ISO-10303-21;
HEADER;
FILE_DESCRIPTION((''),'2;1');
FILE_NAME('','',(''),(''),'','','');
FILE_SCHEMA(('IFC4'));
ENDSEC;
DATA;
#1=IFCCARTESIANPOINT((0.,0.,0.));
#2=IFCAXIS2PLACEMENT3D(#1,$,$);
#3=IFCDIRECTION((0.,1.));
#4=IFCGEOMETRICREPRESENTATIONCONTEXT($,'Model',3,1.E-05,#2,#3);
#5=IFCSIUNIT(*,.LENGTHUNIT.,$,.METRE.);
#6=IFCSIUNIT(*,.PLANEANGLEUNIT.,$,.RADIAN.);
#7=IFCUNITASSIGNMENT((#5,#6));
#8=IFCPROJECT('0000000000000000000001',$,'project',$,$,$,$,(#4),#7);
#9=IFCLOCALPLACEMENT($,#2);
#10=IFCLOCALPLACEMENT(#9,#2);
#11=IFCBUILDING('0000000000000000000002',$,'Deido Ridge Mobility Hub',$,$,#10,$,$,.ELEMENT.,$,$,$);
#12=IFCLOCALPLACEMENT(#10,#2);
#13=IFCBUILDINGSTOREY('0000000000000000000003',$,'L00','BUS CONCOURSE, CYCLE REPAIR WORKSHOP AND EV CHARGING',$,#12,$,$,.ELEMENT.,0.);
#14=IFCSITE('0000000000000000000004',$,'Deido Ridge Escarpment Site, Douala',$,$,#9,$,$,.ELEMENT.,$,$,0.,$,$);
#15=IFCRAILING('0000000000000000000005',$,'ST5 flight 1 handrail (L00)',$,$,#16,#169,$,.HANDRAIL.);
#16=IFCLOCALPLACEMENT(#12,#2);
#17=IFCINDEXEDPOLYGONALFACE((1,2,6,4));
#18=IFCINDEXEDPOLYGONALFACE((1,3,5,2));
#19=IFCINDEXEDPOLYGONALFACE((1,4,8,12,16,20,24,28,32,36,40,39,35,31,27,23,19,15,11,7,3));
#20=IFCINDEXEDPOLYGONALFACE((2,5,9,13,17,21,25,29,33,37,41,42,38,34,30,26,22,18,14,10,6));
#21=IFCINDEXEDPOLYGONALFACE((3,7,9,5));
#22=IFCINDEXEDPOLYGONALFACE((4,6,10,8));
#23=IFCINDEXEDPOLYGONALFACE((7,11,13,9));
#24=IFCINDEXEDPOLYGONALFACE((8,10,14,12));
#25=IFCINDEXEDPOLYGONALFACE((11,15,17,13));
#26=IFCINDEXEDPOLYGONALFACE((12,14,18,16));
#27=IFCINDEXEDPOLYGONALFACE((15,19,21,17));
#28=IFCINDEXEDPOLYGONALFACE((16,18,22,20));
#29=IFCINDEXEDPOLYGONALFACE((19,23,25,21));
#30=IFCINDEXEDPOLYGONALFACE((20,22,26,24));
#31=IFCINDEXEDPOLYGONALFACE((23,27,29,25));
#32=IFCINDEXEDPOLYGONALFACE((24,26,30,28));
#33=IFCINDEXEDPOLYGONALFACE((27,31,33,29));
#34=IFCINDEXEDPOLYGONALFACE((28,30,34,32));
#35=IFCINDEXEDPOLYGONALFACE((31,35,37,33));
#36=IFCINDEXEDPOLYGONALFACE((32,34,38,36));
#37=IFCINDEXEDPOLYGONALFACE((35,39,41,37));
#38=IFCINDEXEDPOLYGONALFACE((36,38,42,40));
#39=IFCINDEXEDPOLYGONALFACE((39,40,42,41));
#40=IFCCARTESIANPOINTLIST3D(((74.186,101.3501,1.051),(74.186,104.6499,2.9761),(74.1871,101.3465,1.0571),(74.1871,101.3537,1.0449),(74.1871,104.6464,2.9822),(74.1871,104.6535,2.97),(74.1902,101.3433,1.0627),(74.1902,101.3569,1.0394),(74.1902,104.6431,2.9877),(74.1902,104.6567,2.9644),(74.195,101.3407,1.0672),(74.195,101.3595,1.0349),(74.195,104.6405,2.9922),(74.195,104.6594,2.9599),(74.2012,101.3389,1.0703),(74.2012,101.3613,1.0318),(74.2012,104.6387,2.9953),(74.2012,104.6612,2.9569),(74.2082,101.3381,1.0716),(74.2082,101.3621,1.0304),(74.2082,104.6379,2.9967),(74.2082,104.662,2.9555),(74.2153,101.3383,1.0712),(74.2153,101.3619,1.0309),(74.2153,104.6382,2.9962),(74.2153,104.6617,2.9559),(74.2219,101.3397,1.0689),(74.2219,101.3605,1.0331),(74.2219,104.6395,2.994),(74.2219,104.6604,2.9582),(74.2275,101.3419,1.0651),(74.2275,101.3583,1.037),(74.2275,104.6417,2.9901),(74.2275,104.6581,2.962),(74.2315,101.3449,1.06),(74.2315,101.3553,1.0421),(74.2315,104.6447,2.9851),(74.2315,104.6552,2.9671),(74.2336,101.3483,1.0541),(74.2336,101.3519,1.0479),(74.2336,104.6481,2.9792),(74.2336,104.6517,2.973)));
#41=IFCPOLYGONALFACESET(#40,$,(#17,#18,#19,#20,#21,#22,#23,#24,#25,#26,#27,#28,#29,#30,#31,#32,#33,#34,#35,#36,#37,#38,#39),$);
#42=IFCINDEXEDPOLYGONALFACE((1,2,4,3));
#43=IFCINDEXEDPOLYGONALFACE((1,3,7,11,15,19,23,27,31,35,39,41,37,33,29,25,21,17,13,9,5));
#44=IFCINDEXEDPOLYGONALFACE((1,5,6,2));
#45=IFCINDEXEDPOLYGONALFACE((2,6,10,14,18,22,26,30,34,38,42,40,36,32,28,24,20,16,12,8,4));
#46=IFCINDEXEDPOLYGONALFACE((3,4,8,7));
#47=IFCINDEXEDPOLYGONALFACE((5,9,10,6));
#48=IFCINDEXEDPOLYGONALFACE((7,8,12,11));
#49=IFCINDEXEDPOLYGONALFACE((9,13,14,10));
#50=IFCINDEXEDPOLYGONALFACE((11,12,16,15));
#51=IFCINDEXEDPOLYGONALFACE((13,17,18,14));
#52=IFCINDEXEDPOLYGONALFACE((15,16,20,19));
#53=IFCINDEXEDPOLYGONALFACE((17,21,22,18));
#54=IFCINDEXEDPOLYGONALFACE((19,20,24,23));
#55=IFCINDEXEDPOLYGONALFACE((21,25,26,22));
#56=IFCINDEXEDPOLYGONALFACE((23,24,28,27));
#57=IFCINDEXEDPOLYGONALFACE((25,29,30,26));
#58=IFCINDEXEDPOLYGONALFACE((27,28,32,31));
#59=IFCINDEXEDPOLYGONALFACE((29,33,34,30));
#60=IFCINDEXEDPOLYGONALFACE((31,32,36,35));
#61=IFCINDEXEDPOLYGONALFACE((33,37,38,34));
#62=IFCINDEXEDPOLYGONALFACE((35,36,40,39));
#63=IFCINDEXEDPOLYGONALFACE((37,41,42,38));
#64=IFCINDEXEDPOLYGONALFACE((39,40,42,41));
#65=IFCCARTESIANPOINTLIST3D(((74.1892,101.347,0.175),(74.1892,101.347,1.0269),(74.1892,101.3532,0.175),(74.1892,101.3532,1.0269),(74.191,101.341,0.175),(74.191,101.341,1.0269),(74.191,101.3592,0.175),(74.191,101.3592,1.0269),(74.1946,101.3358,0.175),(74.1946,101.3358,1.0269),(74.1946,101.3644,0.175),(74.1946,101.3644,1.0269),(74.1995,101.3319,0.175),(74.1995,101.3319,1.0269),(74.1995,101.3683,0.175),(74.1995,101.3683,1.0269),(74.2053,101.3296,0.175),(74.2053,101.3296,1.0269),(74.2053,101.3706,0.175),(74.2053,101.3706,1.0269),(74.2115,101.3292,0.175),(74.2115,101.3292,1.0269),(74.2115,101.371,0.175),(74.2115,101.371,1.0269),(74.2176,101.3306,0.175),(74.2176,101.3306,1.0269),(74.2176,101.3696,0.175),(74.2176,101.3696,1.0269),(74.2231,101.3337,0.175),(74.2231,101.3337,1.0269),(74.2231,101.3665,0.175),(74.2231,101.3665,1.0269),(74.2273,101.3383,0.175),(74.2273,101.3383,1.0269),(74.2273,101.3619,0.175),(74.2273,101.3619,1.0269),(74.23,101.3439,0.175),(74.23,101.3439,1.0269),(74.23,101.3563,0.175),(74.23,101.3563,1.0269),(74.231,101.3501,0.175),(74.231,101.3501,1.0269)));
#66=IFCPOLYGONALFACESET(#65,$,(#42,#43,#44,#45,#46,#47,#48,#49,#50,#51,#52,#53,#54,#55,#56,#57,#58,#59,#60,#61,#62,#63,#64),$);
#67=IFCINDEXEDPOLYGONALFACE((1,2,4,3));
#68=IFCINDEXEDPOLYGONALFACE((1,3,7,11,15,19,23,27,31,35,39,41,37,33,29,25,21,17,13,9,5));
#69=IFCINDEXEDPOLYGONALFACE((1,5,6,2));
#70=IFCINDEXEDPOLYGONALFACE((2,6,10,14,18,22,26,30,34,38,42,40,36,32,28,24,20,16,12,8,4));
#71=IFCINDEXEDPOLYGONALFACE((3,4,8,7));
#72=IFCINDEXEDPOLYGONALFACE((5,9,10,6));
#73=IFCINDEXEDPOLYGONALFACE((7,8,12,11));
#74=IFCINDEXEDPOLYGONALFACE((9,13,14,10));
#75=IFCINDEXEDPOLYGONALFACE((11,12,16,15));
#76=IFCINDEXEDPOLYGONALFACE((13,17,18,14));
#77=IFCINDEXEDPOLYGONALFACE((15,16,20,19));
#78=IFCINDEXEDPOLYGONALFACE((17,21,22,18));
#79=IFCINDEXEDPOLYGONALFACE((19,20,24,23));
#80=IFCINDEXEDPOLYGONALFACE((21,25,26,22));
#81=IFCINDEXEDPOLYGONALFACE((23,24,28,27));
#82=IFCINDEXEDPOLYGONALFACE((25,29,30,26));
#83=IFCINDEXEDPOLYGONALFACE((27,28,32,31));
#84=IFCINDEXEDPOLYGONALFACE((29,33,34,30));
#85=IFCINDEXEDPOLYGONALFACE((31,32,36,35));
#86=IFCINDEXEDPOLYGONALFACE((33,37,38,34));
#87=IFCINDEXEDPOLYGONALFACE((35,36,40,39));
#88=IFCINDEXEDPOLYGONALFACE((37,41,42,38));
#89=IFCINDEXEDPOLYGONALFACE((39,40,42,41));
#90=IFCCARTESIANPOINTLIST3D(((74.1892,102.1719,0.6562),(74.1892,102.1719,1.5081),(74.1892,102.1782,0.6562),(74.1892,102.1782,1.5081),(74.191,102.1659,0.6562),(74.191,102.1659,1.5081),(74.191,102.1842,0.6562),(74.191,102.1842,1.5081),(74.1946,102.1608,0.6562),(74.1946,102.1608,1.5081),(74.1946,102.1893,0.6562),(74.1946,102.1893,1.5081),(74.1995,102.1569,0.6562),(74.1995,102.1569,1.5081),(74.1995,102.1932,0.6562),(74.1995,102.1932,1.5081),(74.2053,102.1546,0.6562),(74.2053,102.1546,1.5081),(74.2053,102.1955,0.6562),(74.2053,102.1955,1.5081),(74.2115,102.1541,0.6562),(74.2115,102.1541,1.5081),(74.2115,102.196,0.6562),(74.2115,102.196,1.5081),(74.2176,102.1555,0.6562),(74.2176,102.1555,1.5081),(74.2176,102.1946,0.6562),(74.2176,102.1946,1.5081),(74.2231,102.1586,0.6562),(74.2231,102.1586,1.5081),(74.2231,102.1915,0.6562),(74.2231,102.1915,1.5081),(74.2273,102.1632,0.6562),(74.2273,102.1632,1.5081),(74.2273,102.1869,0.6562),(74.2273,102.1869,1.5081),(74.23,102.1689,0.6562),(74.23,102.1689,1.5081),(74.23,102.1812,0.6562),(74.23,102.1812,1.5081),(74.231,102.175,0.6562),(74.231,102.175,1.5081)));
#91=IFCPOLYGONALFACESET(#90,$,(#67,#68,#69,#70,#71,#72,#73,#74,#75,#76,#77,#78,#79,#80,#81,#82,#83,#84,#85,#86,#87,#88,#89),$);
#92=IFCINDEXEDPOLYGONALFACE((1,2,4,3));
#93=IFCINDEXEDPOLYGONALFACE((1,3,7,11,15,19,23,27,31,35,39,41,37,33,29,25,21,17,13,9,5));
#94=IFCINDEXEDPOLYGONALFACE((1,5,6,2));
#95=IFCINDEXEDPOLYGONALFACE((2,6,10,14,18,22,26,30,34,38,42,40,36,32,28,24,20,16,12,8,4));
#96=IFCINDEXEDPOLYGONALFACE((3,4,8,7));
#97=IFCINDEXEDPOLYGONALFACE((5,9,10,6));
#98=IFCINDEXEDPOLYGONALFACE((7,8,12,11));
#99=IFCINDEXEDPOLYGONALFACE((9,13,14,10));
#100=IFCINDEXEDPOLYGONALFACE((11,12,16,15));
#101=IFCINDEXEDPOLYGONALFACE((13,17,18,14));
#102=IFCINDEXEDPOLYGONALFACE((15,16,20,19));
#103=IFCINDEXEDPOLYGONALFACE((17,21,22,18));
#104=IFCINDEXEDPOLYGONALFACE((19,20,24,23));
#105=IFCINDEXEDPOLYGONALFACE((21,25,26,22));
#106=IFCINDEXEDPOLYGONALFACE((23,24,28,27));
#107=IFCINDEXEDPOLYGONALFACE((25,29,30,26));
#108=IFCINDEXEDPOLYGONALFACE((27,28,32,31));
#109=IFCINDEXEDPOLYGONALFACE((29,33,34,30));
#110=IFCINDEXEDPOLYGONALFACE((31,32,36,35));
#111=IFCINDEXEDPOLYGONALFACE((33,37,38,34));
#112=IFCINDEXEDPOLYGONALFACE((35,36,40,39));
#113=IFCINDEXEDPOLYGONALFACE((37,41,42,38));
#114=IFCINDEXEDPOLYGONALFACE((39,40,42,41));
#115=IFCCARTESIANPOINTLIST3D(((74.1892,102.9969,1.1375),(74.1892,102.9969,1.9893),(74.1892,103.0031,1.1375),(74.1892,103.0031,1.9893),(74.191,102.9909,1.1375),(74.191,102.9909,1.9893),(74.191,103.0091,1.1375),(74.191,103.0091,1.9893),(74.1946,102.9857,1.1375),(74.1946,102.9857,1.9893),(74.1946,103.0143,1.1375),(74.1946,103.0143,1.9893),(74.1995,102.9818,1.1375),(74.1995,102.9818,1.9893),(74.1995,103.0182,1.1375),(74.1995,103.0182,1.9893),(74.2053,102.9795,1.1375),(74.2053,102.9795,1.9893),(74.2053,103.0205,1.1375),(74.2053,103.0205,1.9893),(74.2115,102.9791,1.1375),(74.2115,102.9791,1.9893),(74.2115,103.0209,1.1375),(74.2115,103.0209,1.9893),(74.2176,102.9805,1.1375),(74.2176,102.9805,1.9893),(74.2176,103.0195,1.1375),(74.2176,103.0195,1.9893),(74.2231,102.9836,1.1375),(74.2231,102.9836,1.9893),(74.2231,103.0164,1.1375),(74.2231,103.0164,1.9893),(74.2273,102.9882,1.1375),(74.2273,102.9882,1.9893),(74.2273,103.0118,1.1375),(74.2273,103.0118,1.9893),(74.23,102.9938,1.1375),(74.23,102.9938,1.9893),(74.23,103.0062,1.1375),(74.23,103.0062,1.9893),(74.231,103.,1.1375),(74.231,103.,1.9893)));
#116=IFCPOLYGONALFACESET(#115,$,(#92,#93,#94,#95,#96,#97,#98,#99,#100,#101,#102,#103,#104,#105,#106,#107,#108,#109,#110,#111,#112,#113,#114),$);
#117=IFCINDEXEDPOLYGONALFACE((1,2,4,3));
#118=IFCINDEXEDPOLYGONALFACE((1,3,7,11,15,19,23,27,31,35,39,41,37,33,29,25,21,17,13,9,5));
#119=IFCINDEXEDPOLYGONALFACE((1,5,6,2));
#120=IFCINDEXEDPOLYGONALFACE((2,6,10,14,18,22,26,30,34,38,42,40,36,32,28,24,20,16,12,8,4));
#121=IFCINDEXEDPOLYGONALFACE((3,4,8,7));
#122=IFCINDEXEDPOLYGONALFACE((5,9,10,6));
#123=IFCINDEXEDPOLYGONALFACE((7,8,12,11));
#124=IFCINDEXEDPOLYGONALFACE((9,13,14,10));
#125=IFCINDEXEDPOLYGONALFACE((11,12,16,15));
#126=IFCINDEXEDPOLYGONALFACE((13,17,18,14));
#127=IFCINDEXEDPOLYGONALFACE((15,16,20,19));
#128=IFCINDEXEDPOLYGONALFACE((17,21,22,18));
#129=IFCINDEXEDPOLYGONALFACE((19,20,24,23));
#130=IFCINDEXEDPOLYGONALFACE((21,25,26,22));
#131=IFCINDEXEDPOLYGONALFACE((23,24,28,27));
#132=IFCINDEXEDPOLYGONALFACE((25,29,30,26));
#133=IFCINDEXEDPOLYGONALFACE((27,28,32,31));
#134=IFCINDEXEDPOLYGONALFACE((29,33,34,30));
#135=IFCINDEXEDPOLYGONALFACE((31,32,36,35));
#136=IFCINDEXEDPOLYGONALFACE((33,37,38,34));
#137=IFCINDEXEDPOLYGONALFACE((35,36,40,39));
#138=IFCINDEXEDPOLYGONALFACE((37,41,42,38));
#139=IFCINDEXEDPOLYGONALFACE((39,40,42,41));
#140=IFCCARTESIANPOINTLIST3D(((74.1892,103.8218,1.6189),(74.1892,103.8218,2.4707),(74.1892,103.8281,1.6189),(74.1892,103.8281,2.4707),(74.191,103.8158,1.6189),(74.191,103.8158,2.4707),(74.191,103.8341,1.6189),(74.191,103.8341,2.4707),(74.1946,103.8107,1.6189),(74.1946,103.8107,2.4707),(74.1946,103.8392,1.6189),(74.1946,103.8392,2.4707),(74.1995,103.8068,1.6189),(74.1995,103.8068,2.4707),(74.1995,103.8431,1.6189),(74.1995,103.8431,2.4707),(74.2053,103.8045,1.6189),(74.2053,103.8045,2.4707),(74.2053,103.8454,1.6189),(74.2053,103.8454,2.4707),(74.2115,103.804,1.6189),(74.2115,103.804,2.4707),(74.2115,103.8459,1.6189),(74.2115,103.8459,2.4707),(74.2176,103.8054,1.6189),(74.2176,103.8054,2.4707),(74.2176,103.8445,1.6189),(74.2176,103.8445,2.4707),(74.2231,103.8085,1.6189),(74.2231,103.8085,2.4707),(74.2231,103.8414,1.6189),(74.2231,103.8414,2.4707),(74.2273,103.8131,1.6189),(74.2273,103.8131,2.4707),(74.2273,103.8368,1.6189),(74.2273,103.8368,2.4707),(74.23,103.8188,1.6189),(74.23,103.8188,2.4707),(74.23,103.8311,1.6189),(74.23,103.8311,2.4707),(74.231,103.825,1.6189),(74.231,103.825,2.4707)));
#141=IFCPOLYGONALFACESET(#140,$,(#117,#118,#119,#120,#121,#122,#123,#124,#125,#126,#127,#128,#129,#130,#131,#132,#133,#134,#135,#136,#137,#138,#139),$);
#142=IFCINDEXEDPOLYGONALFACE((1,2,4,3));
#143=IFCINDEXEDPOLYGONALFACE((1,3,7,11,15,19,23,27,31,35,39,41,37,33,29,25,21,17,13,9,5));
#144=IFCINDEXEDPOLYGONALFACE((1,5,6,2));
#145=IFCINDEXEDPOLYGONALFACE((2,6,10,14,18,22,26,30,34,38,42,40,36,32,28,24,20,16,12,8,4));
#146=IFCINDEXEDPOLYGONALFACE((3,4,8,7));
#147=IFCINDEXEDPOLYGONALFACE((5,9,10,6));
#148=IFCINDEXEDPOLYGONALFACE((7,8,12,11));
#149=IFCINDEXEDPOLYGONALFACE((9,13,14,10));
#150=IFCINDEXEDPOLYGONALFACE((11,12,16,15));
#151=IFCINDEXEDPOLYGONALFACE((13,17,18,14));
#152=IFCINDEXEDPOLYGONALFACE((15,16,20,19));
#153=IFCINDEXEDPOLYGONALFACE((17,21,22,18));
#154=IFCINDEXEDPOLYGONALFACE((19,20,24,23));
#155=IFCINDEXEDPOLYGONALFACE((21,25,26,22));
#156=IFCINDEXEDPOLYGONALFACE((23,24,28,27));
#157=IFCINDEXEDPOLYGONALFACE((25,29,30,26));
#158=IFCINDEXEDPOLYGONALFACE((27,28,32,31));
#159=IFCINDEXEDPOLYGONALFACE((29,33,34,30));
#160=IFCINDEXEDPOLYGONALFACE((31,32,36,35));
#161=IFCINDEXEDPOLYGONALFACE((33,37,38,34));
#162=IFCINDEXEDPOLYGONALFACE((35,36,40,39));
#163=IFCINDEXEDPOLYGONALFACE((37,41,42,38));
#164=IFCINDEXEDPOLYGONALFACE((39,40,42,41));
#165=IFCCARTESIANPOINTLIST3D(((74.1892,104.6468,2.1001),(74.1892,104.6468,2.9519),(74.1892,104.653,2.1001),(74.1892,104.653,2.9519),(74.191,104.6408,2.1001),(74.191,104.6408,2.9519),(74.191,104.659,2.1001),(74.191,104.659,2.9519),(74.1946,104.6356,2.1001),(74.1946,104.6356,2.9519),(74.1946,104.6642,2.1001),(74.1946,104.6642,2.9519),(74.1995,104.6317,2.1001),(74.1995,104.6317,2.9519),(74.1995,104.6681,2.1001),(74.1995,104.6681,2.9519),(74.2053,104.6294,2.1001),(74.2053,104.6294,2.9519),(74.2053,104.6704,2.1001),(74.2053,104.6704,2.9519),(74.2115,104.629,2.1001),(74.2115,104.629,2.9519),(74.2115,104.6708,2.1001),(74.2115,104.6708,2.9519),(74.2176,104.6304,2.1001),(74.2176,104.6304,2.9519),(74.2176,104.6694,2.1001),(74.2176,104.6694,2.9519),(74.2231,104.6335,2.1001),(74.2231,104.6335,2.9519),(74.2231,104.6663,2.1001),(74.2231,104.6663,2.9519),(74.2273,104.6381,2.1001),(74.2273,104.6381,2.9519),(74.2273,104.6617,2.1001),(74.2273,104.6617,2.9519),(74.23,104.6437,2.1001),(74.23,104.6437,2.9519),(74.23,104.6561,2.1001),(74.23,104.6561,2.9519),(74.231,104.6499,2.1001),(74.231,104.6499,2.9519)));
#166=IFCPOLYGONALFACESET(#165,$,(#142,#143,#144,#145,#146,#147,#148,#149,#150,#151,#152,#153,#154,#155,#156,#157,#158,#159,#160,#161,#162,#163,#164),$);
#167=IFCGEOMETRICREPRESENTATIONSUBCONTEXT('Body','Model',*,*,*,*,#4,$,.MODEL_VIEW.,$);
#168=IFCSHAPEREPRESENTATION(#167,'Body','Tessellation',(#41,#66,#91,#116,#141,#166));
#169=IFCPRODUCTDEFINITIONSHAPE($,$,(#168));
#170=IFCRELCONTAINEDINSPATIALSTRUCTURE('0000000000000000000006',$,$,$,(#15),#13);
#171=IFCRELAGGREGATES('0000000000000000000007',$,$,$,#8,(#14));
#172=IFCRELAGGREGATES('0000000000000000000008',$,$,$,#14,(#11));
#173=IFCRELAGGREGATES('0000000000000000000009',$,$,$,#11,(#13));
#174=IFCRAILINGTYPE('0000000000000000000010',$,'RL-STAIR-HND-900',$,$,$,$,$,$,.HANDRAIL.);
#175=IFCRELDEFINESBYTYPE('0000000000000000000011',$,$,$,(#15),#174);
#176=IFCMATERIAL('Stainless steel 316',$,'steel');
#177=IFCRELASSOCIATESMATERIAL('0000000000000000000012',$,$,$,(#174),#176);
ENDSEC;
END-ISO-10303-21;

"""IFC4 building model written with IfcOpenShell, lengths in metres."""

from ifc_helpers import new_model, si_unit, direction, frame, origin, origin_2d, place, context, subcontext, project, spatial, circle, extrude, material, type_object, element, save


model = new_model("IFC4")

# Units and contexts
model_context = context("Model", 3, precision=1e-05, world=origin(), true_north=direction((0.0, 1.0)))
body_context = subcontext(model_context, "Body", "Model", "MODEL_VIEW")
ifc_project = project(units=[si_unit("LENGTHUNIT", "METRE"), si_unit("PLANEANGLEUNIT", "RADIAN")], contexts=[model_context])

# Site, building, storey
site_placement = place(None, origin())
site = spatial("IfcSite", under=ifc_project, at=site_placement, Name="Deido Ridge Escarpment Site, Douala", CompositionType="ELEMENT", RefElevation=0.0)
building_placement = place(site_placement, origin())
building = spatial("IfcBuilding", under=site, at=building_placement, Name="Deido Ridge Mobility Hub", CompositionType="ELEMENT")
storey_placement = place(building_placement, origin())
storey = spatial("IfcBuildingStorey", under=building, at=storey_placement, Name="L00", Description="BUS CONCOURSE, CYCLE REPAIR WORKSHOP AND EV CHARGING", CompositionType="ELEMENT", Elevation=0.0)

# Shared definitions
ifc_material_1 = material(Name="Stainless steel 316", Category="steel")

# Railing
railing_type_1 = type_object("IfcRailingType", Name="RL-STAIR-HND-900", PredefinedType="HANDRAIL", material=ifc_material_1)
railing_1_placement = place(storey_placement, frame((74.21, 101.3501, 0.175)))
element("IfcRailing", 1, at=railing_1_placement, inside=storey, type_object=railing_type_1, Name="ST5 flight 1 handrail (L00)", PredefinedType="HANDRAIL", context=body_context, shape_type="SweptSolid", body=[
    extrude(circle(Radius=0.0239, at=origin_2d()), frame((0.0, 0.0, 0.876), z_axis=(0.0, 0.86376, 0.503903), x_axis=(-1.0, 0.0, 0.0)), (0.0, 0.0, 1.0), 3.8203),
    extrude(circle(Radius=0.021, at=origin_2d()), origin(), (0.0, 0.0, 1.0), 0.8518),
    extrude(circle(Radius=0.021, at=origin_2d()), frame((0.0, 0.825, 0.4812)), (0.0, 0.0, 1.0), 0.8518),
    extrude(circle(Radius=0.021, at=origin_2d()), frame((0.0, 1.6499, 0.9624)), (0.0, 0.0, 1.0), 0.8518),
    extrude(circle(Radius=0.021, at=origin_2d()), frame((0.0, 2.4749, 1.4438)), (0.0, 0.0, 1.0), 0.8518),
    extrude(circle(Radius=0.021, at=origin_2d()), frame((0.0, 3.2998, 1.925)), (0.0, 0.0, 1.0), 0.8518),
])

save(model, "model.ifc")
